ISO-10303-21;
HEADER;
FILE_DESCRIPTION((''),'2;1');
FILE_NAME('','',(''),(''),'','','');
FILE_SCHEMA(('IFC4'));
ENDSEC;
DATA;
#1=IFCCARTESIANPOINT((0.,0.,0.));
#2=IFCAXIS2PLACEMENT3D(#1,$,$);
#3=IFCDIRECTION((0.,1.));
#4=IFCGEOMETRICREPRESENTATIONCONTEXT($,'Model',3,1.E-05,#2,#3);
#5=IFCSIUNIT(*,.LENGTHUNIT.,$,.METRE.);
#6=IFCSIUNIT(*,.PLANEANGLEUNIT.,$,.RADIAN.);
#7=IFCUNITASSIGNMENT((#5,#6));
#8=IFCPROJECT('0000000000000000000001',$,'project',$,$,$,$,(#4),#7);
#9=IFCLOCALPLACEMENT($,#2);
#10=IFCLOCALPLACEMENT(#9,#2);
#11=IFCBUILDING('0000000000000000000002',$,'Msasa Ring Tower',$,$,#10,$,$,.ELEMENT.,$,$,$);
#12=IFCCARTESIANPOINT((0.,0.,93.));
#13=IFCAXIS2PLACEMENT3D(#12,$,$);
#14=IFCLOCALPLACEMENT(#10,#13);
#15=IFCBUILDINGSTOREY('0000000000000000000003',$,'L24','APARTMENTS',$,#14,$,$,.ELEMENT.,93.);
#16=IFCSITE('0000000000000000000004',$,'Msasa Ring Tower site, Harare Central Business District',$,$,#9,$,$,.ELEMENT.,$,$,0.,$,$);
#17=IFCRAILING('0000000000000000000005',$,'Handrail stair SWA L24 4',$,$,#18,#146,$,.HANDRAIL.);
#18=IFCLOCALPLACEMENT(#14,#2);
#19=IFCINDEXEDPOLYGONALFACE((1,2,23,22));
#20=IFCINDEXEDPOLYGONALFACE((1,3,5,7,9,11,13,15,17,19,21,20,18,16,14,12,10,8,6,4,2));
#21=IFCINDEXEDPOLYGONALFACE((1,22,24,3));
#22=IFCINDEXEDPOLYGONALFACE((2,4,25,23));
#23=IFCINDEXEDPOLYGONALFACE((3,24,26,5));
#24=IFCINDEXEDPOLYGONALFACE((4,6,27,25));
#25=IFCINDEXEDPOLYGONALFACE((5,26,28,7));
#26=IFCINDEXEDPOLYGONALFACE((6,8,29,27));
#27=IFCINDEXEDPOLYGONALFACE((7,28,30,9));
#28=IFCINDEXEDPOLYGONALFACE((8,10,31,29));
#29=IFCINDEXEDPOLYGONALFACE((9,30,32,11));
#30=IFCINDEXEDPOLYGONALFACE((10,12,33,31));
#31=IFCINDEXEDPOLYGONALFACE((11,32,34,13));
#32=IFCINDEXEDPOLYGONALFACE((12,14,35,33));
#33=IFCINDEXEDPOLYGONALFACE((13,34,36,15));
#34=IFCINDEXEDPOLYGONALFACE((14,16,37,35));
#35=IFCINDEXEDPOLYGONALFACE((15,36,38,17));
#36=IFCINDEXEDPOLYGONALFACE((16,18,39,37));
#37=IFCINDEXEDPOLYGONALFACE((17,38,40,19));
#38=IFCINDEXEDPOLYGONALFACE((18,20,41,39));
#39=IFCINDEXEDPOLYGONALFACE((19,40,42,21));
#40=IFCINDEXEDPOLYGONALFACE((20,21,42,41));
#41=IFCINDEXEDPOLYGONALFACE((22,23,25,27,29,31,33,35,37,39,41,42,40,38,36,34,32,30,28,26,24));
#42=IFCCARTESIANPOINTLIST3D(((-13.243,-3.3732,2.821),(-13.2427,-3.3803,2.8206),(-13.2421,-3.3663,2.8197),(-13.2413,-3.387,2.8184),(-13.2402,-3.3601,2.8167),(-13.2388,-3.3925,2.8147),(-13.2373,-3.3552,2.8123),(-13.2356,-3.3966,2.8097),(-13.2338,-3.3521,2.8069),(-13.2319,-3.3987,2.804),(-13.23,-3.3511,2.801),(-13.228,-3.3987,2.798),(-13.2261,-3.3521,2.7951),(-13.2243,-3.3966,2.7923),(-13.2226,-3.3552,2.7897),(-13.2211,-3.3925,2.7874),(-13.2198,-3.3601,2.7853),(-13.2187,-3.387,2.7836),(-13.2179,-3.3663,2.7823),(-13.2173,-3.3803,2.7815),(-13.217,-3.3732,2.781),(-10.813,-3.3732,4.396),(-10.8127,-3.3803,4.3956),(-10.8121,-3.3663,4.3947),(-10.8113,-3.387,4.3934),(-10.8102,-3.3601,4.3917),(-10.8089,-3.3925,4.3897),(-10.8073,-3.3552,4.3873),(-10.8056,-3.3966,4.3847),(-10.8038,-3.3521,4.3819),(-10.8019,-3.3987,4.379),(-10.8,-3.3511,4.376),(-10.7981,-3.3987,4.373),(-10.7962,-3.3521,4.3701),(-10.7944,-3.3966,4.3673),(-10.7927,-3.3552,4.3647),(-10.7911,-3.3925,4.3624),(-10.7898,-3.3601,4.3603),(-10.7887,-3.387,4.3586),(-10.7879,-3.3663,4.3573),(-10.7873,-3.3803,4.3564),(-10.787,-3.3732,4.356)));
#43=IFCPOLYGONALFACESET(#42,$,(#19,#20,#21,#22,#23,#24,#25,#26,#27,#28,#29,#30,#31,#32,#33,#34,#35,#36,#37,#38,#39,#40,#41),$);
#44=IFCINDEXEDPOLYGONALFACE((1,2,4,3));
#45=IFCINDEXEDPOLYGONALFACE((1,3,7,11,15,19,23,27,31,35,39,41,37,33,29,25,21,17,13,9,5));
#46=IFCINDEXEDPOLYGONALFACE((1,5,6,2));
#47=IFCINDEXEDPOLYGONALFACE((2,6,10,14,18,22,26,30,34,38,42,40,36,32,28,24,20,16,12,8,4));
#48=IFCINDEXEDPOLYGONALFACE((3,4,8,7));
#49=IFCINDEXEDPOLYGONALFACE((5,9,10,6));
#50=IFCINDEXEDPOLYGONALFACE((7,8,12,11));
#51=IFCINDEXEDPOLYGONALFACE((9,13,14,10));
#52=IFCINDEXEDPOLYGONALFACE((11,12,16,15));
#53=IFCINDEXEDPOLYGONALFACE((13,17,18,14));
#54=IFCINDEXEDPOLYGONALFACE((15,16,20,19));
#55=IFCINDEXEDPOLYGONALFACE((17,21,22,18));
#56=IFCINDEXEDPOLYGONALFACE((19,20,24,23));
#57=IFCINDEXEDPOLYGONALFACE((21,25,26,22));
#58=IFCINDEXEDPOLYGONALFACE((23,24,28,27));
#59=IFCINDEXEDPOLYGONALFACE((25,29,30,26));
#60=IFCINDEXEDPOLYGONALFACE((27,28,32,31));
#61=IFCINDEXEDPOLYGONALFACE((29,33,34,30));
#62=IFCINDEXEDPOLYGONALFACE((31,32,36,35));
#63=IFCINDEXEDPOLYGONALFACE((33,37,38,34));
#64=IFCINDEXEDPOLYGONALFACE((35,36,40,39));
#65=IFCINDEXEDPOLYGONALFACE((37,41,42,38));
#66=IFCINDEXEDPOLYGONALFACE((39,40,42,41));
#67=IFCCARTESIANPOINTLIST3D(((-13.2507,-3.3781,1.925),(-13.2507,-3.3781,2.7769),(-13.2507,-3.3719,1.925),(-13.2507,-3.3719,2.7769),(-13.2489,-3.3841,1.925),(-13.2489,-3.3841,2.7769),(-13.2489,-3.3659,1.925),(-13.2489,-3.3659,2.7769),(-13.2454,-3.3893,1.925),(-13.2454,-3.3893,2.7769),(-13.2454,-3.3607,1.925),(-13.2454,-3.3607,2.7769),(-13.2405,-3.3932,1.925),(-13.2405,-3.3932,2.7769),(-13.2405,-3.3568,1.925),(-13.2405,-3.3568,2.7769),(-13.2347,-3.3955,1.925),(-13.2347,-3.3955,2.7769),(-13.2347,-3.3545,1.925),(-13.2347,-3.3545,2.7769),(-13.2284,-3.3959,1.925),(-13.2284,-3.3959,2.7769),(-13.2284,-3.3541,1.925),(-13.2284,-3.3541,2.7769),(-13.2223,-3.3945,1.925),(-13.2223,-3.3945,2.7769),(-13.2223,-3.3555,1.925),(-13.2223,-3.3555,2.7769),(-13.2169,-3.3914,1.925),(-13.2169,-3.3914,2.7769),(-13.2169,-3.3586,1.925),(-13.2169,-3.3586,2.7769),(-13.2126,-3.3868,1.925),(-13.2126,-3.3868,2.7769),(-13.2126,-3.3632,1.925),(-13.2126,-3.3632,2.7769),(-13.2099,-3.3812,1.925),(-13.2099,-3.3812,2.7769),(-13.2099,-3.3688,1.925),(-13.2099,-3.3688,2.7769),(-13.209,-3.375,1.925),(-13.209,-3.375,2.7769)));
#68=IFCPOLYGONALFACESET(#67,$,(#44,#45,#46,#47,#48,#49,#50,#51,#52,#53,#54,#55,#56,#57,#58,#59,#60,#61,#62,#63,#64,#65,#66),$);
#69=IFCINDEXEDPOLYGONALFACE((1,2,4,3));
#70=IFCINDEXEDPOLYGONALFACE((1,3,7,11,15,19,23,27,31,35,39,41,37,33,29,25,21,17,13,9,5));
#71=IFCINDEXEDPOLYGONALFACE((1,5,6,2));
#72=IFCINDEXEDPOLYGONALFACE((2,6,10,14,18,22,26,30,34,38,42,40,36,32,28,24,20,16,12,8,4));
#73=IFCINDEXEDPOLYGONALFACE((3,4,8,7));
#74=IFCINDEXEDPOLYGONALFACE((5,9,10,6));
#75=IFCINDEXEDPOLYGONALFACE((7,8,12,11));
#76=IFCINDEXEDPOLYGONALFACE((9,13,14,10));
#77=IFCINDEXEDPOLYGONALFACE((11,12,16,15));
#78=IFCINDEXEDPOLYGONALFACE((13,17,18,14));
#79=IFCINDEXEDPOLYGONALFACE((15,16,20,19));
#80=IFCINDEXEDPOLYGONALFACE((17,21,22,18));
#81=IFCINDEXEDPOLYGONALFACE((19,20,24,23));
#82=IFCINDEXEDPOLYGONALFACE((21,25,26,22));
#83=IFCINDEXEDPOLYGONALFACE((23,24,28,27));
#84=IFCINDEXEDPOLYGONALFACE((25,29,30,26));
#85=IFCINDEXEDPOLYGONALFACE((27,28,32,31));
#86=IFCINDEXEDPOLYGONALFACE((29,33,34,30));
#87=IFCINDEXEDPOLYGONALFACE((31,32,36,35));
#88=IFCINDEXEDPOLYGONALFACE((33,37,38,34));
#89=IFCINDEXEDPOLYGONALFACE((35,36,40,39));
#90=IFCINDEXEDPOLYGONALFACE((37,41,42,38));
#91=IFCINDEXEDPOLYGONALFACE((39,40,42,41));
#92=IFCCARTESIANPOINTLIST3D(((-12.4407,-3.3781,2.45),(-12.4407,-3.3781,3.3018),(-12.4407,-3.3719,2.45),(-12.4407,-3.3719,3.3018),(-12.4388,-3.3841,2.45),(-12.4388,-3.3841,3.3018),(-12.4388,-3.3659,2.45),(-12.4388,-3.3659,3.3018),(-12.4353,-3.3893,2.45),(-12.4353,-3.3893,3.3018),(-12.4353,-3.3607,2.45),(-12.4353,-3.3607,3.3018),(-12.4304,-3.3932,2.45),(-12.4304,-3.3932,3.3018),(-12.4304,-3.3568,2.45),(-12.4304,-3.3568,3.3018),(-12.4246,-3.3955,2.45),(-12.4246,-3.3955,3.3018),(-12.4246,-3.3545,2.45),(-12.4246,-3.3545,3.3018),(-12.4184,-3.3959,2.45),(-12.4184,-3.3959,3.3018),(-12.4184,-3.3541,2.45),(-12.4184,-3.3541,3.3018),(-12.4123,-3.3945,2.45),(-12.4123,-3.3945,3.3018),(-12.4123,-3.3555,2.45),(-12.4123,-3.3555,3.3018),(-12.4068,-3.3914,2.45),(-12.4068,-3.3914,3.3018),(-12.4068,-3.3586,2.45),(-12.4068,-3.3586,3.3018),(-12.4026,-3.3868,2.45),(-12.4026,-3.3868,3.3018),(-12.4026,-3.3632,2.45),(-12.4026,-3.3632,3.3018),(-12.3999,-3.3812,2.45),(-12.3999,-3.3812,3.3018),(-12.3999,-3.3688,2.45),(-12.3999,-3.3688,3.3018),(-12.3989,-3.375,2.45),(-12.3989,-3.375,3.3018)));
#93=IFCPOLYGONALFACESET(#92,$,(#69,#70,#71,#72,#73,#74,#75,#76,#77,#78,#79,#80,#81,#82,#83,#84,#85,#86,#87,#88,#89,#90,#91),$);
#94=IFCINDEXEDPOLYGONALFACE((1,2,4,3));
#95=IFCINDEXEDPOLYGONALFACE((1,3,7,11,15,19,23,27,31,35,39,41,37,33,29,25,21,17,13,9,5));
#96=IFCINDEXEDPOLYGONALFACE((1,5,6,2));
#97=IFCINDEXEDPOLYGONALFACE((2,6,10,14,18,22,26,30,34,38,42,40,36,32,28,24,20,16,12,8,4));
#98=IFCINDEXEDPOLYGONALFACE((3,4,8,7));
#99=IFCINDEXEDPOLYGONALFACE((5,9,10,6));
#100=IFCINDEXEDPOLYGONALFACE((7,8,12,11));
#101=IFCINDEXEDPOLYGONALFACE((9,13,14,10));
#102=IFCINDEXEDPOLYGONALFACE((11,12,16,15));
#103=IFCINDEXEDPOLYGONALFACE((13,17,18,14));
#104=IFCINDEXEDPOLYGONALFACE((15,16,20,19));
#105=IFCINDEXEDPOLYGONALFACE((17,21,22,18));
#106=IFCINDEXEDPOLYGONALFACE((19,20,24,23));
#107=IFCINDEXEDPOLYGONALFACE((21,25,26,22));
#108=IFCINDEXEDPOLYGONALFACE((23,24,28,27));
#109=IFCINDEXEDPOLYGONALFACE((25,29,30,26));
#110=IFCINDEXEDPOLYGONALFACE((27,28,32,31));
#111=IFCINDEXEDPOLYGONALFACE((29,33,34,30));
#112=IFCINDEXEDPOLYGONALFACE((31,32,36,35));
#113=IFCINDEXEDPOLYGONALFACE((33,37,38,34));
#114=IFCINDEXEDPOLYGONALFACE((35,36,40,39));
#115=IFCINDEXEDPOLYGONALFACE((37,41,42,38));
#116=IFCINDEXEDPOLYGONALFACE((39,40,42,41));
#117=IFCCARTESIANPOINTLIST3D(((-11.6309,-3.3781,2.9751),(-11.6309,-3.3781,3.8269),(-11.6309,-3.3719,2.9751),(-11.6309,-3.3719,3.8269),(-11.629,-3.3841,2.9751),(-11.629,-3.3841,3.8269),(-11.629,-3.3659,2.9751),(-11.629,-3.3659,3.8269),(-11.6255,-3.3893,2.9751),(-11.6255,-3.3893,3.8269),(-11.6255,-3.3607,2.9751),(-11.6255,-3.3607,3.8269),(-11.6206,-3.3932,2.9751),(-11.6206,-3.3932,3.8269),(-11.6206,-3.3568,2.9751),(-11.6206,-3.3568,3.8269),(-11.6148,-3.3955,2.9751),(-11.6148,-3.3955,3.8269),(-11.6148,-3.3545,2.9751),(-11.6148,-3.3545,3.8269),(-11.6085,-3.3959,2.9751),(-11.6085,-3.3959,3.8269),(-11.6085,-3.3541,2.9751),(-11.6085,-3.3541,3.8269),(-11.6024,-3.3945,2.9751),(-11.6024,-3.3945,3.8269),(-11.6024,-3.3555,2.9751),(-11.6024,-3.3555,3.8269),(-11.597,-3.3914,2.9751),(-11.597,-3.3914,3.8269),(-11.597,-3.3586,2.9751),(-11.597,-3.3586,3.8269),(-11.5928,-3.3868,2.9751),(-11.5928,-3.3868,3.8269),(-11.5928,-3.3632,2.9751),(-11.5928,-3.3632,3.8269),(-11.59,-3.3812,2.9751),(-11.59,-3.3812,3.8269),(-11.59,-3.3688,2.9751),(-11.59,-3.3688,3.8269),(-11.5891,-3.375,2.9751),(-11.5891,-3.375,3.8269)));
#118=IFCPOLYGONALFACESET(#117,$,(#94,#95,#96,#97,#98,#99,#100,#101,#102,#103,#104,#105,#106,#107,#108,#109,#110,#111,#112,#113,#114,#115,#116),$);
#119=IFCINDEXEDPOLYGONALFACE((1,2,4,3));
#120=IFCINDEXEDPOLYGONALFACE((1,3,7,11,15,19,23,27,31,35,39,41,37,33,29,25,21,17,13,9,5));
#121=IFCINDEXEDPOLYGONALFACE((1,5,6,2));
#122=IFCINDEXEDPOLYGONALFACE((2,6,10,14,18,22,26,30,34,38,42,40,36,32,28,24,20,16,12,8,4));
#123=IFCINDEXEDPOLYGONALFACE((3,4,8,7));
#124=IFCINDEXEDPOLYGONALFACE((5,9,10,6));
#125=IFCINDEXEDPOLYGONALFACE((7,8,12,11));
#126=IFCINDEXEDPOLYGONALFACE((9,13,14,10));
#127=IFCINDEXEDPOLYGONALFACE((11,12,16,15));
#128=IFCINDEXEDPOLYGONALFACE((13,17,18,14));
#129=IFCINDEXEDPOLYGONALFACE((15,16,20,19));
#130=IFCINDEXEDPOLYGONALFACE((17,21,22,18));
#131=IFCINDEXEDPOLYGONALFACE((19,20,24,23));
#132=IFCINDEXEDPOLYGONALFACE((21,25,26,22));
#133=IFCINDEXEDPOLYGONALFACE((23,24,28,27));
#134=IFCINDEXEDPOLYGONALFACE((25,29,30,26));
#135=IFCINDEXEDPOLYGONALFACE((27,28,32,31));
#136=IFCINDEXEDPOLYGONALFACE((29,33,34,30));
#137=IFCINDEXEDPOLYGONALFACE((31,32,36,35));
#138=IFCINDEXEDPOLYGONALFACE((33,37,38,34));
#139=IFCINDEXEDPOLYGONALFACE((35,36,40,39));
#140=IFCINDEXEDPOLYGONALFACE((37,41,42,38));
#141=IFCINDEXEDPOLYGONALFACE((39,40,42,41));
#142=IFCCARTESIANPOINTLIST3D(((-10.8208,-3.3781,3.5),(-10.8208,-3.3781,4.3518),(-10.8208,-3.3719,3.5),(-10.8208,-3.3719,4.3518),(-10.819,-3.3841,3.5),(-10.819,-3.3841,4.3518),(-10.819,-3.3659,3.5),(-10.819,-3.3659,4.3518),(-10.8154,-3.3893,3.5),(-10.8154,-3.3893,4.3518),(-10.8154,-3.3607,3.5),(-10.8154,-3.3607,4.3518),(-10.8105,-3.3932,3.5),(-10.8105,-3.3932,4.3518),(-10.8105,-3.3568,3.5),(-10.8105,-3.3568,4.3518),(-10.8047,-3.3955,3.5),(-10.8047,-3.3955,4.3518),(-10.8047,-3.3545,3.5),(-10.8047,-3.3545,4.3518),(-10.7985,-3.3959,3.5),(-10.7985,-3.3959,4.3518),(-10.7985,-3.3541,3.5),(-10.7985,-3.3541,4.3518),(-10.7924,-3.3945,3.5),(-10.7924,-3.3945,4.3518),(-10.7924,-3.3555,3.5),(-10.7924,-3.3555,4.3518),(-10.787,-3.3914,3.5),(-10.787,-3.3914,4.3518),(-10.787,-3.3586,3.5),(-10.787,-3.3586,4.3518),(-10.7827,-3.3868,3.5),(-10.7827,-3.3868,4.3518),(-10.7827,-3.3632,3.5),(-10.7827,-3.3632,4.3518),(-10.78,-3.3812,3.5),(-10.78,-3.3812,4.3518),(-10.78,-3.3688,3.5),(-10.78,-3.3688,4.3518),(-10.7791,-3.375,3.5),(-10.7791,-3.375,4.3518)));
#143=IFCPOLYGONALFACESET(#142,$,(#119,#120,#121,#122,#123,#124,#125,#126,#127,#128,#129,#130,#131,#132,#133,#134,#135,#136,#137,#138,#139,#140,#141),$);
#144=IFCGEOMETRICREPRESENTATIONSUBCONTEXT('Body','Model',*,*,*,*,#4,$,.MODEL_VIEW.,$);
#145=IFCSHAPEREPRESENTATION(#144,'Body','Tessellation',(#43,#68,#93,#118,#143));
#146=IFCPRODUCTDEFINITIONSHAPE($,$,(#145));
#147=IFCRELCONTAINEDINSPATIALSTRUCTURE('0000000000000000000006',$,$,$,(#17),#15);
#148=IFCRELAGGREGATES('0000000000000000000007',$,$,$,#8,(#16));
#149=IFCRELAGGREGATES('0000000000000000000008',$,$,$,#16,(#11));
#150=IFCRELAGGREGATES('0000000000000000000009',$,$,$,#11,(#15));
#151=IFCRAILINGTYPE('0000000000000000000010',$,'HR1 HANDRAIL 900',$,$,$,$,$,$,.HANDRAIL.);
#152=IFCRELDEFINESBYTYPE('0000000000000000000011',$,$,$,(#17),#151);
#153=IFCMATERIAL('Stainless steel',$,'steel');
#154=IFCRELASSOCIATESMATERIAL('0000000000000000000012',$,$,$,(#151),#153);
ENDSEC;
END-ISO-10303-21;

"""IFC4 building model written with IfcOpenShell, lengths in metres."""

from ifc_helpers import new_model, si_unit, direction, frame, origin, origin_2d, place, context, subcontext, project, spatial, circle, extrude, material, type_object, element, save


model = new_model("IFC4")

# Units and contexts
model_context = context("Model", 3, precision=1e-05, world=origin(), true_north=direction((0.0, 1.0)))
body_context = subcontext(model_context, "Body", "Model", "MODEL_VIEW")
ifc_project = project(units=[si_unit("LENGTHUNIT", "METRE"), si_unit("PLANEANGLEUNIT", "RADIAN")], contexts=[model_context])

# Site, building, storey
site_placement = place(None, origin())
site = spatial("IfcSite", under=ifc_project, at=site_placement, Name="Msasa Ring Tower site, Harare Central Business District", CompositionType="ELEMENT", RefElevation=0.0)
building_placement = place(site_placement, origin())
building = spatial("IfcBuilding", under=site, at=building_placement, Name="Msasa Ring Tower", CompositionType="ELEMENT")
storey_placement = place(building_placement, frame((0.0, 0.0, 93.0)))
storey = spatial("IfcBuildingStorey", under=building, at=storey_placement, Name="L24", Description="APARTMENTS", CompositionType="ELEMENT", Elevation=93.0)

# Railing
ifc_material_1 = material(Name="Stainless steel", Category="steel")
railing_type = type_object("IfcRailingType", Name="HR1 HANDRAIL 900", PredefinedType="HANDRAIL", material=ifc_material_1)
for number, where, name in (
    (1, (-13.23, -3.375, 1.925), "Handrail stair SWA L24 4"),
):
    element("IfcRailing", number, at=place(storey_placement, frame(where)), inside=storey, type_object=railing_type, Name=name, PredefinedType="HANDRAIL", context=body_context, shape_type="SweptSolid", body=[
        extrude(circle(Radius=0.0239, at=origin_2d()), frame((0.0, 0.0, 0.876), z_axis=(0.839154, 0.0, 0.543894), x_axis=(0.0, 1.0, 0.0)), (0.0, 0.0, 1.0), 2.8958),
        extrude(circle(Radius=0.021, at=origin_2d()), origin(), (0.0, 0.0, 1.0), 0.8518),
        extrude(circle(Radius=0.021, at=origin_2d()), frame((0.8101, 0.0, 0.5249)), (0.0, 0.0, 1.0), 0.8518),
        extrude(circle(Radius=0.021, at=origin_2d()), frame((1.6199, 0.0, 1.05)), (0.0, 0.0, 1.0), 0.8518),
        extrude(circle(Radius=0.021, at=origin_2d()), frame((2.4299, 0.0, 1.575)), (0.0, 0.0, 1.0), 0.8518),
    ])

save(model, "model.ifc")
